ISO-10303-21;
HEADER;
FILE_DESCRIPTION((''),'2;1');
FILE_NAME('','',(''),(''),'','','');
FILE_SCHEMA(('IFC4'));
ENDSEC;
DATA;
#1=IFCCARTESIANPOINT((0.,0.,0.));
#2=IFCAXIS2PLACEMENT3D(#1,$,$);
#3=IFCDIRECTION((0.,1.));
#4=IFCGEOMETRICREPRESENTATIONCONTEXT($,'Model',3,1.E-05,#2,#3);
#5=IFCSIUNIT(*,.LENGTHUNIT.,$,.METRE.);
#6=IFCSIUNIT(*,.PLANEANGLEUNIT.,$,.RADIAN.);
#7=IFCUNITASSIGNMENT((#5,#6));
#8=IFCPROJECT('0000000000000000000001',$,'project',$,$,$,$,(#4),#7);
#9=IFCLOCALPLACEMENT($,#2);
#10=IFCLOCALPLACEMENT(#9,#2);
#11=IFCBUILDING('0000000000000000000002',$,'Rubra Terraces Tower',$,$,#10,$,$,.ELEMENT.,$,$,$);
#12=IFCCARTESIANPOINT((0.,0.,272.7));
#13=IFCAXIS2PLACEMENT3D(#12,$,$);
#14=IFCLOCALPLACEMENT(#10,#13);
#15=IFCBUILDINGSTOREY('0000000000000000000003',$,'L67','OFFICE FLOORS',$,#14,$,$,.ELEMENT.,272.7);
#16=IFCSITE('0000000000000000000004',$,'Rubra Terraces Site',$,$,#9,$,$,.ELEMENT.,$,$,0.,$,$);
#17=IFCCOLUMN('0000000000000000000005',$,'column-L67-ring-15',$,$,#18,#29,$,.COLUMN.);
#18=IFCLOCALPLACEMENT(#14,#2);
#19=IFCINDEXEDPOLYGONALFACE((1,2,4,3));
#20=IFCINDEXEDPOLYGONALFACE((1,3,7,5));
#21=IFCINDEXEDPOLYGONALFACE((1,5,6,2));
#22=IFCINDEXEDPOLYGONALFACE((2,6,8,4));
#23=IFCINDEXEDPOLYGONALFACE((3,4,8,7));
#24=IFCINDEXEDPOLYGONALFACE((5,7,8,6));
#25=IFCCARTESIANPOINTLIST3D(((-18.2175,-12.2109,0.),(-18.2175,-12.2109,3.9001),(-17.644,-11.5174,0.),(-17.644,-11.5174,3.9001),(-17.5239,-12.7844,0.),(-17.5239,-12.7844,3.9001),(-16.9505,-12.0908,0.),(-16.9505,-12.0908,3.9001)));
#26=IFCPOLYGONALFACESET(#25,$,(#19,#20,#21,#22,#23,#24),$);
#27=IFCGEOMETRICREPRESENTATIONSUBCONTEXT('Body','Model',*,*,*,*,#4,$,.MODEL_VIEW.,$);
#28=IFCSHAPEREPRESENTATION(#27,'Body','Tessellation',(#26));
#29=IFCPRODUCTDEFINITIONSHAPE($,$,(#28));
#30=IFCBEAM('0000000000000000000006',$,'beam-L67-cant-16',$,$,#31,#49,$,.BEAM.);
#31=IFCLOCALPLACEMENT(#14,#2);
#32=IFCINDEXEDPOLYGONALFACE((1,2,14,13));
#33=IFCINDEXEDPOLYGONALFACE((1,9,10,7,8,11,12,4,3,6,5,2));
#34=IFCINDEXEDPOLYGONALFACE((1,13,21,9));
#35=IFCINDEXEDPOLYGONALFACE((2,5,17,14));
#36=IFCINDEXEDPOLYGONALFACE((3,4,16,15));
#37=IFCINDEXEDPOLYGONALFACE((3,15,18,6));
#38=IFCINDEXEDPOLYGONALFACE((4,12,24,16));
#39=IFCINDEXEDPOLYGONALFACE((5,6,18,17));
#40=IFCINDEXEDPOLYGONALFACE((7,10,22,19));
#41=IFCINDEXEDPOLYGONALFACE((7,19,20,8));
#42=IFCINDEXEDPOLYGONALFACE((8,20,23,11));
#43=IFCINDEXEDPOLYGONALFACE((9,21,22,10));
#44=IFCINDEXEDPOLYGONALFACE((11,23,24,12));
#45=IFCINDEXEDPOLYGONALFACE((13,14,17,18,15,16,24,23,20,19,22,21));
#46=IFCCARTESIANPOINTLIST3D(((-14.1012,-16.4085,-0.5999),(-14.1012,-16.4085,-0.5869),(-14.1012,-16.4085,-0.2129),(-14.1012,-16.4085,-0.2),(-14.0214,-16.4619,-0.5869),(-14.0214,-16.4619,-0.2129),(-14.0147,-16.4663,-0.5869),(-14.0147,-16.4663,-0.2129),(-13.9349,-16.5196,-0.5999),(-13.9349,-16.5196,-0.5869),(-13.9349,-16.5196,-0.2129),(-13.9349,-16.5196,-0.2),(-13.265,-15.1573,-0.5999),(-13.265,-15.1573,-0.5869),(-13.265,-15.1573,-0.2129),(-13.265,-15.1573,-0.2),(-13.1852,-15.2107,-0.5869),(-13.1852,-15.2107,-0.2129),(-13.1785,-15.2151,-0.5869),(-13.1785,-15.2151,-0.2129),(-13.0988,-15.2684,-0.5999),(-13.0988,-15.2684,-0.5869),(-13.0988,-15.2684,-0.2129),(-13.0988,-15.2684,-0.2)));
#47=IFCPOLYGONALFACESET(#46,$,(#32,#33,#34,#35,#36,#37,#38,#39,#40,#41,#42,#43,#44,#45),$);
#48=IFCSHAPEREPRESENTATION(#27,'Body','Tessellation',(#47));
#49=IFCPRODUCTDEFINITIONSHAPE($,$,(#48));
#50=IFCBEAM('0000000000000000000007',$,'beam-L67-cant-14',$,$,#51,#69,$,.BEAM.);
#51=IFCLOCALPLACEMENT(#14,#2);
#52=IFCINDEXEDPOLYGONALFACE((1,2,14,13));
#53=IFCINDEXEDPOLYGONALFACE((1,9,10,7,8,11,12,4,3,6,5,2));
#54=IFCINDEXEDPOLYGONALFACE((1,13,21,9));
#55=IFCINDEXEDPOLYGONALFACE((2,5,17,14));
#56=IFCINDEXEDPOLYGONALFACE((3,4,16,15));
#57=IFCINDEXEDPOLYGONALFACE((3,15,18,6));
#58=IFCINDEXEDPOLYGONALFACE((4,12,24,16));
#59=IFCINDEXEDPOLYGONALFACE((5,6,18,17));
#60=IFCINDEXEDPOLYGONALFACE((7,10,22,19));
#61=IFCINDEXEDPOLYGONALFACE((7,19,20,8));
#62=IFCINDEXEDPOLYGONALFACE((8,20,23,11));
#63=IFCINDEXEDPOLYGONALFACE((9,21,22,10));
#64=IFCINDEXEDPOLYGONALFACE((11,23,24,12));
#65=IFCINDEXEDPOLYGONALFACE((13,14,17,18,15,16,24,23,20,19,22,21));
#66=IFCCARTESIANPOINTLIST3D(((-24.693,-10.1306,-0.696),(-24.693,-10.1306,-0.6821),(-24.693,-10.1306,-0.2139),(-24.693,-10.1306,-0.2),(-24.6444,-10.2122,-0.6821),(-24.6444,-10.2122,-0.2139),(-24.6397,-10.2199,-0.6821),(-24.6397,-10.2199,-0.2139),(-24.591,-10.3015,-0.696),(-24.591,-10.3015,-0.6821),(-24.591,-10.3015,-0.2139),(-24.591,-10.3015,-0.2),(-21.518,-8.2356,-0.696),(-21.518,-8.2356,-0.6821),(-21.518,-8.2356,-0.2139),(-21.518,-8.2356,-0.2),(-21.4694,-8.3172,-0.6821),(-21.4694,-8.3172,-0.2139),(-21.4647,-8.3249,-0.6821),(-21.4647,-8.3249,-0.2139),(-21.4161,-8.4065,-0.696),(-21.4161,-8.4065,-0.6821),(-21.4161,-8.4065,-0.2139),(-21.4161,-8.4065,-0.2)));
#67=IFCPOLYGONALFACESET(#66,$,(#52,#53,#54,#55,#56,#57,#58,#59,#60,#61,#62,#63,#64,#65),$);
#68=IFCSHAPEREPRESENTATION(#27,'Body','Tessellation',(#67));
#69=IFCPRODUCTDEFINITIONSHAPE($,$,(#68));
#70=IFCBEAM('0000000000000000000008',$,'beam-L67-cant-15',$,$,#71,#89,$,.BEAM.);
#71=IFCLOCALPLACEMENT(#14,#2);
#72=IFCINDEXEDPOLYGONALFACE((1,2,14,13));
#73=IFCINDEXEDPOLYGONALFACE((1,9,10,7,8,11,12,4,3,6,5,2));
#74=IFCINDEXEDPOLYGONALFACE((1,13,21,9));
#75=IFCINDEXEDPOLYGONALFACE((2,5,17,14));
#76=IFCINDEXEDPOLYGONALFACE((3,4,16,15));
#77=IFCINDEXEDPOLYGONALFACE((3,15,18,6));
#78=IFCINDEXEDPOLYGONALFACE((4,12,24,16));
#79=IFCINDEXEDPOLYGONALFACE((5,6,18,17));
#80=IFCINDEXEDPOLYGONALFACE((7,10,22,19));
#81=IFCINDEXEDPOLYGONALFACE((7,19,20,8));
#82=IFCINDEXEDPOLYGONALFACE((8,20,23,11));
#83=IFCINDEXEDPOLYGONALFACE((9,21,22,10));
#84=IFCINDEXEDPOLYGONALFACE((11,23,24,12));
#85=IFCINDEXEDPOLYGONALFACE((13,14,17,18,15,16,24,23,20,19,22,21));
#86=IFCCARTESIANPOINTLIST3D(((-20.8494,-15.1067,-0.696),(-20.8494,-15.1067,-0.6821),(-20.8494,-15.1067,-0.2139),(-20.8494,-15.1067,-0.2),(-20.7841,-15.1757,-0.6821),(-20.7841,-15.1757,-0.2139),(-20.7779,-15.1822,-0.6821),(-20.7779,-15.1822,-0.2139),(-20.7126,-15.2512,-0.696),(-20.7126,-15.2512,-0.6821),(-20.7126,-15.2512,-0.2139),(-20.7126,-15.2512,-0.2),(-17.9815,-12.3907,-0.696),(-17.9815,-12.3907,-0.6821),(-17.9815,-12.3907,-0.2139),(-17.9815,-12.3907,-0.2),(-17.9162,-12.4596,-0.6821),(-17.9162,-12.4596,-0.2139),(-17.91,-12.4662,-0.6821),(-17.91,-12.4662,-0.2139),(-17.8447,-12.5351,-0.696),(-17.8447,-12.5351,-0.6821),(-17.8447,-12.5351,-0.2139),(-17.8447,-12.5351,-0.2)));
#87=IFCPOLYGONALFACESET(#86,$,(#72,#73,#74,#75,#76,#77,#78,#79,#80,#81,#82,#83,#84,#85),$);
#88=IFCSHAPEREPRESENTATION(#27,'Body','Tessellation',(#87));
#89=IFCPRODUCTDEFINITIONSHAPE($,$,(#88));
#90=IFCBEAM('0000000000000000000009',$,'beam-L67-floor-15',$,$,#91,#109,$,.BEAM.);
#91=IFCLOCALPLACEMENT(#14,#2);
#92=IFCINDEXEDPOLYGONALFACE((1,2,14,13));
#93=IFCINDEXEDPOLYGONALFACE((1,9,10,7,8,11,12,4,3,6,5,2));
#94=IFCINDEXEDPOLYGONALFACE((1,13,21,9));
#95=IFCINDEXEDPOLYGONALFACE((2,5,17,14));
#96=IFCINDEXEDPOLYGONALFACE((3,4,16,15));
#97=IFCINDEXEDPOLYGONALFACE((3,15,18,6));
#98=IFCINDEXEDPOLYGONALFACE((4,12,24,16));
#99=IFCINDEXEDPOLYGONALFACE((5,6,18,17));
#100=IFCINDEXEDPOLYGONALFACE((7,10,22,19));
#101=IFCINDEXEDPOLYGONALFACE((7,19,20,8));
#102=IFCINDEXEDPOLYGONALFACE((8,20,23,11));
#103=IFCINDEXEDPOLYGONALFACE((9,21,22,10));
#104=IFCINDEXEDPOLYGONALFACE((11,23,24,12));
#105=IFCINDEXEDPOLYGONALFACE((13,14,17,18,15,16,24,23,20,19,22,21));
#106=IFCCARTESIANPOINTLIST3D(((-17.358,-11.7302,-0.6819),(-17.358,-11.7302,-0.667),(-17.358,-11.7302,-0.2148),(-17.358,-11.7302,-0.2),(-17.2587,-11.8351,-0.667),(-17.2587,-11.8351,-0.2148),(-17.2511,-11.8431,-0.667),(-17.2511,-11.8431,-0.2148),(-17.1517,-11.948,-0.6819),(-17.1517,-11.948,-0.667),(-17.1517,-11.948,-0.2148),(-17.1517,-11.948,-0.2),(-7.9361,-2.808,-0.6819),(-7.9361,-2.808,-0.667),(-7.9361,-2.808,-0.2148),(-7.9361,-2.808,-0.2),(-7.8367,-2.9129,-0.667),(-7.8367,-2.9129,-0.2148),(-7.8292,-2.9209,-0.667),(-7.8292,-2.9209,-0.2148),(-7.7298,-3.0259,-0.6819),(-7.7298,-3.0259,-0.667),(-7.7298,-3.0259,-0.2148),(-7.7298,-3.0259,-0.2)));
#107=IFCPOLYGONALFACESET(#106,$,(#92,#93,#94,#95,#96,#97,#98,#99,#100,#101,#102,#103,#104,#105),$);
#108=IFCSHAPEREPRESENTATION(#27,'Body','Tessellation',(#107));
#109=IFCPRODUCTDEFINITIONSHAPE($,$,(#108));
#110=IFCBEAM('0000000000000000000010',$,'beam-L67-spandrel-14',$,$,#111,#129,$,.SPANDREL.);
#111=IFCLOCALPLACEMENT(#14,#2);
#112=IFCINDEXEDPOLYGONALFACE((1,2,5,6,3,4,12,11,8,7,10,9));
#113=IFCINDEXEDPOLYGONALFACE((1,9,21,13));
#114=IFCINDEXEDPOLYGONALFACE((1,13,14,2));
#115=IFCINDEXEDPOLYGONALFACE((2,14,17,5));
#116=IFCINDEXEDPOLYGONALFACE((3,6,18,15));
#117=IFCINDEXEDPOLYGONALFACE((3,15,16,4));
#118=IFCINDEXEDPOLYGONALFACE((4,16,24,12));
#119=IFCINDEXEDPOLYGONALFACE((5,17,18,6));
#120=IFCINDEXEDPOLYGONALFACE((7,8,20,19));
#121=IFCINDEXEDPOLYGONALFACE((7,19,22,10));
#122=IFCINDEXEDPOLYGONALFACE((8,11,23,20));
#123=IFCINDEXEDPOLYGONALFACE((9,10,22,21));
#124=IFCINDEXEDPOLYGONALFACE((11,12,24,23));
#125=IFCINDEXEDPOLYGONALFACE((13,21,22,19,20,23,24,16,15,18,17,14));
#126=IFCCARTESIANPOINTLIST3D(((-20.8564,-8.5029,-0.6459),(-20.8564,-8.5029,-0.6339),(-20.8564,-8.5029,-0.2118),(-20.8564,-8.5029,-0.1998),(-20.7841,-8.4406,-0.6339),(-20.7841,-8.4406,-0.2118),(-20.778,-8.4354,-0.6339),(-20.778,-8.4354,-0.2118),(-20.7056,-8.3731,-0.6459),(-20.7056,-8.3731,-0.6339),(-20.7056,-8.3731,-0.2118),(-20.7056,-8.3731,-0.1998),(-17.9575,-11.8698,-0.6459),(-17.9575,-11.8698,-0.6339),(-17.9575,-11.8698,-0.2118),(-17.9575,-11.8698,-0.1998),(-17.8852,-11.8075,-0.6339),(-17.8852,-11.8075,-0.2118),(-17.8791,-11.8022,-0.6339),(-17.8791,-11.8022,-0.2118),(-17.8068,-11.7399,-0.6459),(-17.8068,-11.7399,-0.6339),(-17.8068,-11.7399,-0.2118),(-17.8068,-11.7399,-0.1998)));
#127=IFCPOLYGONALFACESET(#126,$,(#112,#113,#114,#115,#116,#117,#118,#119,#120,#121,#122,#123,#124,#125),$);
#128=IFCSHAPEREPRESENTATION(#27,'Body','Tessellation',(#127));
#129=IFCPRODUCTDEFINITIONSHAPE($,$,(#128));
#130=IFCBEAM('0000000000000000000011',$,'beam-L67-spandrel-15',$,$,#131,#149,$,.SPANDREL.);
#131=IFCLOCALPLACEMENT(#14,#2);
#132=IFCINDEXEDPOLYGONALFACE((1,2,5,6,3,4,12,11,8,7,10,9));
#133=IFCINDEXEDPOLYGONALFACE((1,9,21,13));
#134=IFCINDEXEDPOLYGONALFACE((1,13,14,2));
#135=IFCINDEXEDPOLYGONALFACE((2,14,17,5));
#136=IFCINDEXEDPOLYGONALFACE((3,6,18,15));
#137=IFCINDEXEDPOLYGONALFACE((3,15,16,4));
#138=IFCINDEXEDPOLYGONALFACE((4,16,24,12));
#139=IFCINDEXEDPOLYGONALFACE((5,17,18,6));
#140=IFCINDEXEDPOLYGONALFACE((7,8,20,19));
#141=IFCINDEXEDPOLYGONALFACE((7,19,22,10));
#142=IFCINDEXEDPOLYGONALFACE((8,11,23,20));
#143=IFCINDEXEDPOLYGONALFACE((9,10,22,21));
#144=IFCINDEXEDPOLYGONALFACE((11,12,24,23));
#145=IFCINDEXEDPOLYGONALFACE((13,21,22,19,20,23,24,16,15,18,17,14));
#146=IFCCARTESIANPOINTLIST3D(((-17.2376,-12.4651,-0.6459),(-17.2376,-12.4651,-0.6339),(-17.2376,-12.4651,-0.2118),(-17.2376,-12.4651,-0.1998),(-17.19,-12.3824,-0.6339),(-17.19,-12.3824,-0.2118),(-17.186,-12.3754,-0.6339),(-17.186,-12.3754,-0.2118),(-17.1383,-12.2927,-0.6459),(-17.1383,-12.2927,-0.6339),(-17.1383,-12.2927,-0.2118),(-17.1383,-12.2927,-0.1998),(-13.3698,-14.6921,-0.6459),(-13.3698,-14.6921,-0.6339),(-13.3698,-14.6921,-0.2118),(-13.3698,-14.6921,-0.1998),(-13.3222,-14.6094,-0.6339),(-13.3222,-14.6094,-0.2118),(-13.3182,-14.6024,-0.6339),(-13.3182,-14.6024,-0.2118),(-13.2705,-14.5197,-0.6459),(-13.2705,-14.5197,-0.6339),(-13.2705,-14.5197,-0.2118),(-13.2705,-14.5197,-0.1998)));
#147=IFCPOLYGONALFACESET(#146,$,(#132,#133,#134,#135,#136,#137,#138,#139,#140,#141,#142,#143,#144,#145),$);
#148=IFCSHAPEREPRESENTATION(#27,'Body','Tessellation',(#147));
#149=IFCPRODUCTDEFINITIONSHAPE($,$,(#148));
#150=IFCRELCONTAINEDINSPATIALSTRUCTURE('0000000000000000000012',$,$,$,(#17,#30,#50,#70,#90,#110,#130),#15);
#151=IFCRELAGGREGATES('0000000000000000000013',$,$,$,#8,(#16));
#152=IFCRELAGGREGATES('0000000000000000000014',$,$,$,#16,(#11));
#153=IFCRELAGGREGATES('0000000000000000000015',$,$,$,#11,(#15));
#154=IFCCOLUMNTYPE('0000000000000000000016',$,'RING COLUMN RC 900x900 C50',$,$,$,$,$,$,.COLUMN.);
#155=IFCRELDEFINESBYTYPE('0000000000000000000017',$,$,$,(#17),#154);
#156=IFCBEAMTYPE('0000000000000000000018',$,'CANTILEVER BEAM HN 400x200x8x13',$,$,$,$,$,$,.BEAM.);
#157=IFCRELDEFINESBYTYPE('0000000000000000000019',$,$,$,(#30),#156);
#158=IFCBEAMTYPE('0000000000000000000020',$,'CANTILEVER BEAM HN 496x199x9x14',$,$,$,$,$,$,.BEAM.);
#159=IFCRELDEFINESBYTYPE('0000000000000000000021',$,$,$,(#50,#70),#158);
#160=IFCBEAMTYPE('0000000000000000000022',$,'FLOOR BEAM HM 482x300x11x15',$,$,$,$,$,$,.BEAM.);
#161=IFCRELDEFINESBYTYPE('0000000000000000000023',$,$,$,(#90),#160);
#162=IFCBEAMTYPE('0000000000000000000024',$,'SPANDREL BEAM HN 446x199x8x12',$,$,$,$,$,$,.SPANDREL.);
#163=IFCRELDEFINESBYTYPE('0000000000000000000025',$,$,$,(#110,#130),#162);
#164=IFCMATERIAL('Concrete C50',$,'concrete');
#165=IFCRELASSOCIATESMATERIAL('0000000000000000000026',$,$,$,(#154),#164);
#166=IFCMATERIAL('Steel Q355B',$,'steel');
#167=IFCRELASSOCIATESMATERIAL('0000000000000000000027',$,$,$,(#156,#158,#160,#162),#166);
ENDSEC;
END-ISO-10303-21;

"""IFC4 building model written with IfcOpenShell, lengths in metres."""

from ifc_helpers import new_model, si_unit, direction, frame, origin, origin_2d, place, context, subcontext, project, spatial, rectangle, i_section, extrude, material, material_profile, profile_set, type_object, element, save


model = new_model("IFC4")

# Units and contexts
model_context = context("Model", 3, precision=1e-05, world=origin(), true_north=direction((0.0, 1.0)))
body_context = subcontext(model_context, "Body", "Model", "MODEL_VIEW")
ifc_project = project(units=[si_unit("LENGTHUNIT", "METRE"), si_unit("PLANEANGLEUNIT", "RADIAN")], contexts=[model_context])

# Site, building, storey
site_placement = place(None, origin())
site = spatial("IfcSite", under=ifc_project, at=site_placement, Name="Rubra Terraces Site", CompositionType="ELEMENT", RefElevation=0.0)
building_placement = place(site_placement, origin())
building = spatial("IfcBuilding", under=site, at=building_placement, Name="Rubra Terraces Tower", CompositionType="ELEMENT")
storey_placement = place(building_placement, frame((0.0, 0.0, 272.7)))
storey = spatial("IfcBuildingStorey", under=building, at=storey_placement, Name="L67", Description="OFFICE FLOORS", CompositionType="ELEMENT", Elevation=272.7)

# Column
ifc_material_1 = material(Name="Concrete C50", Category="concrete")
ifc_material_profile_1 = material_profile(ifc_material_1, rectangle(XDim=0.8999, YDim=0.8999, at=origin_2d()), Name="RC 900x900")
ifc_profile_set_1 = profile_set([ifc_material_profile_1], Name="Concrete C50")
column_type = type_object("IfcColumnType", Name="RING COLUMN RC 900x900 C50", PredefinedType="COLUMN", material=ifc_profile_set_1)
column_placement = place(storey_placement, frame((-17.584, -12.1509, 0.0), z_axis=(0.0, 0.0, 1.0), x_axis=(0.770679, -0.637223, 0.0)))
element("IfcColumn", 1, at=column_placement, inside=storey, type_object=column_type, Name="column-L67-ring-15", PredefinedType="COLUMN", context=body_context, shape_type="SweptSolid", body=[
    extrude(rectangle(XDim=0.8999, YDim=0.8999, at=origin_2d()), origin(), (0.0, 0.0, 1.0), 3.9001),
])

# Beams
ifc_material_2 = material(Name="Steel Q355B", Category="steel")
ifc_material_profile_2 = material_profile(ifc_material_2, i_section(OverallWidth=0.2, OverallDepth=0.3999, WebThickness=0.0081, FlangeThickness=0.0129, at=origin_2d()), Name="HN 400x200x8x13")
ifc_profile_set_2 = profile_set([ifc_material_profile_2], Name="Steel Q355B")
beam_type_1 = type_object("IfcBeamType", Name="CANTILEVER BEAM HN 400x200x8x13", PredefinedType="BEAM", material=ifc_profile_set_2)
beam_1_placement = place(storey_placement, frame((-13.1819, -15.2129, -0.3999), z_axis=(-0.555636, -0.831426, 0.0), x_axis=(0.831426, -0.555636, 0.0)))
element("IfcBeam", 2, at=beam_1_placement, inside=storey, type_object=beam_type_1, Name="beam-L67-cant-16", PredefinedType="BEAM", context=body_context, shape_type="SweptSolid", body=[
    extrude(i_section(OverallWidth=0.2, OverallDepth=0.3999, WebThickness=0.0081, FlangeThickness=0.0129, at=origin_2d()), origin(), (0.0, 0.0, 1.0), 1.5049),
])
ifc_material_profile_3 = material_profile(ifc_material_2, i_section(OverallWidth=0.199, OverallDepth=0.4961, WebThickness=0.009, FlangeThickness=0.0139, at=origin_2d()), Name="HN 496x199x9x14")
ifc_profile_set_3 = profile_set([ifc_material_profile_3], Name="Steel Q355B")
beam_type_2 = type_object("IfcBeamType", Name="CANTILEVER BEAM HN 496x199x9x14", PredefinedType="BEAM", material=ifc_profile_set_3)
beam_2_placement = place(storey_placement, frame((-21.467, -8.321, -0.448), z_axis=(-0.858685, -0.512504, 0.0), x_axis=(0.512504, -0.858685, 0.0)))
element("IfcBeam", 3, at=beam_2_placement, inside=storey, type_object=beam_type_2, Name="beam-L67-cant-14", PredefinedType="BEAM", context=body_context, shape_type="SweptSolid", body=[
    extrude(i_section(OverallWidth=0.199, OverallDepth=0.4961, WebThickness=0.009, FlangeThickness=0.0139, at=origin_2d()), origin(), (0.0, 0.0, 1.0), 3.6975),
])
beam_3_placement = place(storey_placement, frame((-17.9131, -12.4629, -0.448), z_axis=(-0.726068, -0.687623, 0.0), x_axis=(0.687623, -0.726068, 0.0)))
element("IfcBeam", 4, at=beam_3_placement, inside=storey, type_object=beam_type_2, Name="beam-L67-cant-15", PredefinedType="BEAM", context=body_context, shape_type="SweptSolid", body=[
    extrude(i_section(OverallWidth=0.199, OverallDepth=0.4961, WebThickness=0.009, FlangeThickness=0.0139, at=origin_2d()), origin(), (0.0, 0.0, 1.0), 3.95),
])
ifc_material_profile_4 = material_profile(ifc_material_2, i_section(OverallWidth=0.3, OverallDepth=0.4819, WebThickness=0.011, FlangeThickness=0.0149, at=origin_2d()), Name="HM 482x300x11x15")
ifc_profile_set_4 = profile_set([ifc_material_profile_4], Name="Steel Q355B")
beam_type_3 = type_object("IfcBeamType", Name="FLOOR BEAM HM 482x300x11x15", PredefinedType="BEAM", material=ifc_profile_set_4)
beam_4_placement = place(storey_placement, frame((-17.2549, -11.8391, -0.4409), z_axis=(0.726101, 0.687588, 0.0), x_axis=(-0.687588, 0.726101, 0.0)))
element("IfcBeam", 5, at=beam_4_placement, inside=storey, type_object=beam_type_3, Name="beam-L67-floor-15", PredefinedType="BEAM", context=body_context, shape_type="SweptSolid", body=[
    extrude(i_section(OverallWidth=0.3, OverallDepth=0.4819, WebThickness=0.011, FlangeThickness=0.0149, at=origin_2d()), origin(), (0.0, 0.0, 1.0), 12.9761),
])
ifc_material_profile_5 = material_profile(ifc_material_2, i_section(OverallWidth=0.199, OverallDepth=0.446, WebThickness=0.0081, FlangeThickness=0.012, at=origin_2d()), Name="HN 446x199x8x12")
ifc_profile_set_5 = profile_set([ifc_material_profile_5], Name="Steel Q355B")
beam_type_4 = type_object("IfcBeamType", Name="SPANDREL BEAM HN 446x199x8x12", PredefinedType="SPANDREL", material=ifc_profile_set_5)
beam_5_placement = place(storey_placement, frame((-20.781, -8.438, -0.4229), z_axis=(0.652473, -0.757812, 0.0), x_axis=(0.757812, 0.652473, 0.0)))
element("IfcBeam", 6, at=beam_5_placement, inside=storey, type_object=beam_type_4, Name="beam-L67-spandrel-14", PredefinedType="SPANDREL", context=body_context, shape_type="SweptSolid", body=[
    extrude(i_section(OverallWidth=0.199, OverallDepth=0.446, WebThickness=0.0081, FlangeThickness=0.012, at=origin_2d()), origin(), (0.0, 0.0, 1.0), 4.4429),
])
beam_6_placement = place(storey_placement, frame((-17.188, -12.3789, -0.4229), z_axis=(0.866616, -0.498976, 0.0), x_axis=(0.498976, 0.866616, 0.0)))
element("IfcBeam", 7, at=beam_6_placement, inside=storey, type_object=beam_type_4, Name="beam-L67-spandrel-15", PredefinedType="SPANDREL", context=body_context, shape_type="SweptSolid", body=[
    extrude(i_section(OverallWidth=0.199, OverallDepth=0.446, WebThickness=0.0081, FlangeThickness=0.012, at=origin_2d()), origin(), (0.0, 0.0, 1.0), 4.4631),
])

save(model, "model.ifc")
